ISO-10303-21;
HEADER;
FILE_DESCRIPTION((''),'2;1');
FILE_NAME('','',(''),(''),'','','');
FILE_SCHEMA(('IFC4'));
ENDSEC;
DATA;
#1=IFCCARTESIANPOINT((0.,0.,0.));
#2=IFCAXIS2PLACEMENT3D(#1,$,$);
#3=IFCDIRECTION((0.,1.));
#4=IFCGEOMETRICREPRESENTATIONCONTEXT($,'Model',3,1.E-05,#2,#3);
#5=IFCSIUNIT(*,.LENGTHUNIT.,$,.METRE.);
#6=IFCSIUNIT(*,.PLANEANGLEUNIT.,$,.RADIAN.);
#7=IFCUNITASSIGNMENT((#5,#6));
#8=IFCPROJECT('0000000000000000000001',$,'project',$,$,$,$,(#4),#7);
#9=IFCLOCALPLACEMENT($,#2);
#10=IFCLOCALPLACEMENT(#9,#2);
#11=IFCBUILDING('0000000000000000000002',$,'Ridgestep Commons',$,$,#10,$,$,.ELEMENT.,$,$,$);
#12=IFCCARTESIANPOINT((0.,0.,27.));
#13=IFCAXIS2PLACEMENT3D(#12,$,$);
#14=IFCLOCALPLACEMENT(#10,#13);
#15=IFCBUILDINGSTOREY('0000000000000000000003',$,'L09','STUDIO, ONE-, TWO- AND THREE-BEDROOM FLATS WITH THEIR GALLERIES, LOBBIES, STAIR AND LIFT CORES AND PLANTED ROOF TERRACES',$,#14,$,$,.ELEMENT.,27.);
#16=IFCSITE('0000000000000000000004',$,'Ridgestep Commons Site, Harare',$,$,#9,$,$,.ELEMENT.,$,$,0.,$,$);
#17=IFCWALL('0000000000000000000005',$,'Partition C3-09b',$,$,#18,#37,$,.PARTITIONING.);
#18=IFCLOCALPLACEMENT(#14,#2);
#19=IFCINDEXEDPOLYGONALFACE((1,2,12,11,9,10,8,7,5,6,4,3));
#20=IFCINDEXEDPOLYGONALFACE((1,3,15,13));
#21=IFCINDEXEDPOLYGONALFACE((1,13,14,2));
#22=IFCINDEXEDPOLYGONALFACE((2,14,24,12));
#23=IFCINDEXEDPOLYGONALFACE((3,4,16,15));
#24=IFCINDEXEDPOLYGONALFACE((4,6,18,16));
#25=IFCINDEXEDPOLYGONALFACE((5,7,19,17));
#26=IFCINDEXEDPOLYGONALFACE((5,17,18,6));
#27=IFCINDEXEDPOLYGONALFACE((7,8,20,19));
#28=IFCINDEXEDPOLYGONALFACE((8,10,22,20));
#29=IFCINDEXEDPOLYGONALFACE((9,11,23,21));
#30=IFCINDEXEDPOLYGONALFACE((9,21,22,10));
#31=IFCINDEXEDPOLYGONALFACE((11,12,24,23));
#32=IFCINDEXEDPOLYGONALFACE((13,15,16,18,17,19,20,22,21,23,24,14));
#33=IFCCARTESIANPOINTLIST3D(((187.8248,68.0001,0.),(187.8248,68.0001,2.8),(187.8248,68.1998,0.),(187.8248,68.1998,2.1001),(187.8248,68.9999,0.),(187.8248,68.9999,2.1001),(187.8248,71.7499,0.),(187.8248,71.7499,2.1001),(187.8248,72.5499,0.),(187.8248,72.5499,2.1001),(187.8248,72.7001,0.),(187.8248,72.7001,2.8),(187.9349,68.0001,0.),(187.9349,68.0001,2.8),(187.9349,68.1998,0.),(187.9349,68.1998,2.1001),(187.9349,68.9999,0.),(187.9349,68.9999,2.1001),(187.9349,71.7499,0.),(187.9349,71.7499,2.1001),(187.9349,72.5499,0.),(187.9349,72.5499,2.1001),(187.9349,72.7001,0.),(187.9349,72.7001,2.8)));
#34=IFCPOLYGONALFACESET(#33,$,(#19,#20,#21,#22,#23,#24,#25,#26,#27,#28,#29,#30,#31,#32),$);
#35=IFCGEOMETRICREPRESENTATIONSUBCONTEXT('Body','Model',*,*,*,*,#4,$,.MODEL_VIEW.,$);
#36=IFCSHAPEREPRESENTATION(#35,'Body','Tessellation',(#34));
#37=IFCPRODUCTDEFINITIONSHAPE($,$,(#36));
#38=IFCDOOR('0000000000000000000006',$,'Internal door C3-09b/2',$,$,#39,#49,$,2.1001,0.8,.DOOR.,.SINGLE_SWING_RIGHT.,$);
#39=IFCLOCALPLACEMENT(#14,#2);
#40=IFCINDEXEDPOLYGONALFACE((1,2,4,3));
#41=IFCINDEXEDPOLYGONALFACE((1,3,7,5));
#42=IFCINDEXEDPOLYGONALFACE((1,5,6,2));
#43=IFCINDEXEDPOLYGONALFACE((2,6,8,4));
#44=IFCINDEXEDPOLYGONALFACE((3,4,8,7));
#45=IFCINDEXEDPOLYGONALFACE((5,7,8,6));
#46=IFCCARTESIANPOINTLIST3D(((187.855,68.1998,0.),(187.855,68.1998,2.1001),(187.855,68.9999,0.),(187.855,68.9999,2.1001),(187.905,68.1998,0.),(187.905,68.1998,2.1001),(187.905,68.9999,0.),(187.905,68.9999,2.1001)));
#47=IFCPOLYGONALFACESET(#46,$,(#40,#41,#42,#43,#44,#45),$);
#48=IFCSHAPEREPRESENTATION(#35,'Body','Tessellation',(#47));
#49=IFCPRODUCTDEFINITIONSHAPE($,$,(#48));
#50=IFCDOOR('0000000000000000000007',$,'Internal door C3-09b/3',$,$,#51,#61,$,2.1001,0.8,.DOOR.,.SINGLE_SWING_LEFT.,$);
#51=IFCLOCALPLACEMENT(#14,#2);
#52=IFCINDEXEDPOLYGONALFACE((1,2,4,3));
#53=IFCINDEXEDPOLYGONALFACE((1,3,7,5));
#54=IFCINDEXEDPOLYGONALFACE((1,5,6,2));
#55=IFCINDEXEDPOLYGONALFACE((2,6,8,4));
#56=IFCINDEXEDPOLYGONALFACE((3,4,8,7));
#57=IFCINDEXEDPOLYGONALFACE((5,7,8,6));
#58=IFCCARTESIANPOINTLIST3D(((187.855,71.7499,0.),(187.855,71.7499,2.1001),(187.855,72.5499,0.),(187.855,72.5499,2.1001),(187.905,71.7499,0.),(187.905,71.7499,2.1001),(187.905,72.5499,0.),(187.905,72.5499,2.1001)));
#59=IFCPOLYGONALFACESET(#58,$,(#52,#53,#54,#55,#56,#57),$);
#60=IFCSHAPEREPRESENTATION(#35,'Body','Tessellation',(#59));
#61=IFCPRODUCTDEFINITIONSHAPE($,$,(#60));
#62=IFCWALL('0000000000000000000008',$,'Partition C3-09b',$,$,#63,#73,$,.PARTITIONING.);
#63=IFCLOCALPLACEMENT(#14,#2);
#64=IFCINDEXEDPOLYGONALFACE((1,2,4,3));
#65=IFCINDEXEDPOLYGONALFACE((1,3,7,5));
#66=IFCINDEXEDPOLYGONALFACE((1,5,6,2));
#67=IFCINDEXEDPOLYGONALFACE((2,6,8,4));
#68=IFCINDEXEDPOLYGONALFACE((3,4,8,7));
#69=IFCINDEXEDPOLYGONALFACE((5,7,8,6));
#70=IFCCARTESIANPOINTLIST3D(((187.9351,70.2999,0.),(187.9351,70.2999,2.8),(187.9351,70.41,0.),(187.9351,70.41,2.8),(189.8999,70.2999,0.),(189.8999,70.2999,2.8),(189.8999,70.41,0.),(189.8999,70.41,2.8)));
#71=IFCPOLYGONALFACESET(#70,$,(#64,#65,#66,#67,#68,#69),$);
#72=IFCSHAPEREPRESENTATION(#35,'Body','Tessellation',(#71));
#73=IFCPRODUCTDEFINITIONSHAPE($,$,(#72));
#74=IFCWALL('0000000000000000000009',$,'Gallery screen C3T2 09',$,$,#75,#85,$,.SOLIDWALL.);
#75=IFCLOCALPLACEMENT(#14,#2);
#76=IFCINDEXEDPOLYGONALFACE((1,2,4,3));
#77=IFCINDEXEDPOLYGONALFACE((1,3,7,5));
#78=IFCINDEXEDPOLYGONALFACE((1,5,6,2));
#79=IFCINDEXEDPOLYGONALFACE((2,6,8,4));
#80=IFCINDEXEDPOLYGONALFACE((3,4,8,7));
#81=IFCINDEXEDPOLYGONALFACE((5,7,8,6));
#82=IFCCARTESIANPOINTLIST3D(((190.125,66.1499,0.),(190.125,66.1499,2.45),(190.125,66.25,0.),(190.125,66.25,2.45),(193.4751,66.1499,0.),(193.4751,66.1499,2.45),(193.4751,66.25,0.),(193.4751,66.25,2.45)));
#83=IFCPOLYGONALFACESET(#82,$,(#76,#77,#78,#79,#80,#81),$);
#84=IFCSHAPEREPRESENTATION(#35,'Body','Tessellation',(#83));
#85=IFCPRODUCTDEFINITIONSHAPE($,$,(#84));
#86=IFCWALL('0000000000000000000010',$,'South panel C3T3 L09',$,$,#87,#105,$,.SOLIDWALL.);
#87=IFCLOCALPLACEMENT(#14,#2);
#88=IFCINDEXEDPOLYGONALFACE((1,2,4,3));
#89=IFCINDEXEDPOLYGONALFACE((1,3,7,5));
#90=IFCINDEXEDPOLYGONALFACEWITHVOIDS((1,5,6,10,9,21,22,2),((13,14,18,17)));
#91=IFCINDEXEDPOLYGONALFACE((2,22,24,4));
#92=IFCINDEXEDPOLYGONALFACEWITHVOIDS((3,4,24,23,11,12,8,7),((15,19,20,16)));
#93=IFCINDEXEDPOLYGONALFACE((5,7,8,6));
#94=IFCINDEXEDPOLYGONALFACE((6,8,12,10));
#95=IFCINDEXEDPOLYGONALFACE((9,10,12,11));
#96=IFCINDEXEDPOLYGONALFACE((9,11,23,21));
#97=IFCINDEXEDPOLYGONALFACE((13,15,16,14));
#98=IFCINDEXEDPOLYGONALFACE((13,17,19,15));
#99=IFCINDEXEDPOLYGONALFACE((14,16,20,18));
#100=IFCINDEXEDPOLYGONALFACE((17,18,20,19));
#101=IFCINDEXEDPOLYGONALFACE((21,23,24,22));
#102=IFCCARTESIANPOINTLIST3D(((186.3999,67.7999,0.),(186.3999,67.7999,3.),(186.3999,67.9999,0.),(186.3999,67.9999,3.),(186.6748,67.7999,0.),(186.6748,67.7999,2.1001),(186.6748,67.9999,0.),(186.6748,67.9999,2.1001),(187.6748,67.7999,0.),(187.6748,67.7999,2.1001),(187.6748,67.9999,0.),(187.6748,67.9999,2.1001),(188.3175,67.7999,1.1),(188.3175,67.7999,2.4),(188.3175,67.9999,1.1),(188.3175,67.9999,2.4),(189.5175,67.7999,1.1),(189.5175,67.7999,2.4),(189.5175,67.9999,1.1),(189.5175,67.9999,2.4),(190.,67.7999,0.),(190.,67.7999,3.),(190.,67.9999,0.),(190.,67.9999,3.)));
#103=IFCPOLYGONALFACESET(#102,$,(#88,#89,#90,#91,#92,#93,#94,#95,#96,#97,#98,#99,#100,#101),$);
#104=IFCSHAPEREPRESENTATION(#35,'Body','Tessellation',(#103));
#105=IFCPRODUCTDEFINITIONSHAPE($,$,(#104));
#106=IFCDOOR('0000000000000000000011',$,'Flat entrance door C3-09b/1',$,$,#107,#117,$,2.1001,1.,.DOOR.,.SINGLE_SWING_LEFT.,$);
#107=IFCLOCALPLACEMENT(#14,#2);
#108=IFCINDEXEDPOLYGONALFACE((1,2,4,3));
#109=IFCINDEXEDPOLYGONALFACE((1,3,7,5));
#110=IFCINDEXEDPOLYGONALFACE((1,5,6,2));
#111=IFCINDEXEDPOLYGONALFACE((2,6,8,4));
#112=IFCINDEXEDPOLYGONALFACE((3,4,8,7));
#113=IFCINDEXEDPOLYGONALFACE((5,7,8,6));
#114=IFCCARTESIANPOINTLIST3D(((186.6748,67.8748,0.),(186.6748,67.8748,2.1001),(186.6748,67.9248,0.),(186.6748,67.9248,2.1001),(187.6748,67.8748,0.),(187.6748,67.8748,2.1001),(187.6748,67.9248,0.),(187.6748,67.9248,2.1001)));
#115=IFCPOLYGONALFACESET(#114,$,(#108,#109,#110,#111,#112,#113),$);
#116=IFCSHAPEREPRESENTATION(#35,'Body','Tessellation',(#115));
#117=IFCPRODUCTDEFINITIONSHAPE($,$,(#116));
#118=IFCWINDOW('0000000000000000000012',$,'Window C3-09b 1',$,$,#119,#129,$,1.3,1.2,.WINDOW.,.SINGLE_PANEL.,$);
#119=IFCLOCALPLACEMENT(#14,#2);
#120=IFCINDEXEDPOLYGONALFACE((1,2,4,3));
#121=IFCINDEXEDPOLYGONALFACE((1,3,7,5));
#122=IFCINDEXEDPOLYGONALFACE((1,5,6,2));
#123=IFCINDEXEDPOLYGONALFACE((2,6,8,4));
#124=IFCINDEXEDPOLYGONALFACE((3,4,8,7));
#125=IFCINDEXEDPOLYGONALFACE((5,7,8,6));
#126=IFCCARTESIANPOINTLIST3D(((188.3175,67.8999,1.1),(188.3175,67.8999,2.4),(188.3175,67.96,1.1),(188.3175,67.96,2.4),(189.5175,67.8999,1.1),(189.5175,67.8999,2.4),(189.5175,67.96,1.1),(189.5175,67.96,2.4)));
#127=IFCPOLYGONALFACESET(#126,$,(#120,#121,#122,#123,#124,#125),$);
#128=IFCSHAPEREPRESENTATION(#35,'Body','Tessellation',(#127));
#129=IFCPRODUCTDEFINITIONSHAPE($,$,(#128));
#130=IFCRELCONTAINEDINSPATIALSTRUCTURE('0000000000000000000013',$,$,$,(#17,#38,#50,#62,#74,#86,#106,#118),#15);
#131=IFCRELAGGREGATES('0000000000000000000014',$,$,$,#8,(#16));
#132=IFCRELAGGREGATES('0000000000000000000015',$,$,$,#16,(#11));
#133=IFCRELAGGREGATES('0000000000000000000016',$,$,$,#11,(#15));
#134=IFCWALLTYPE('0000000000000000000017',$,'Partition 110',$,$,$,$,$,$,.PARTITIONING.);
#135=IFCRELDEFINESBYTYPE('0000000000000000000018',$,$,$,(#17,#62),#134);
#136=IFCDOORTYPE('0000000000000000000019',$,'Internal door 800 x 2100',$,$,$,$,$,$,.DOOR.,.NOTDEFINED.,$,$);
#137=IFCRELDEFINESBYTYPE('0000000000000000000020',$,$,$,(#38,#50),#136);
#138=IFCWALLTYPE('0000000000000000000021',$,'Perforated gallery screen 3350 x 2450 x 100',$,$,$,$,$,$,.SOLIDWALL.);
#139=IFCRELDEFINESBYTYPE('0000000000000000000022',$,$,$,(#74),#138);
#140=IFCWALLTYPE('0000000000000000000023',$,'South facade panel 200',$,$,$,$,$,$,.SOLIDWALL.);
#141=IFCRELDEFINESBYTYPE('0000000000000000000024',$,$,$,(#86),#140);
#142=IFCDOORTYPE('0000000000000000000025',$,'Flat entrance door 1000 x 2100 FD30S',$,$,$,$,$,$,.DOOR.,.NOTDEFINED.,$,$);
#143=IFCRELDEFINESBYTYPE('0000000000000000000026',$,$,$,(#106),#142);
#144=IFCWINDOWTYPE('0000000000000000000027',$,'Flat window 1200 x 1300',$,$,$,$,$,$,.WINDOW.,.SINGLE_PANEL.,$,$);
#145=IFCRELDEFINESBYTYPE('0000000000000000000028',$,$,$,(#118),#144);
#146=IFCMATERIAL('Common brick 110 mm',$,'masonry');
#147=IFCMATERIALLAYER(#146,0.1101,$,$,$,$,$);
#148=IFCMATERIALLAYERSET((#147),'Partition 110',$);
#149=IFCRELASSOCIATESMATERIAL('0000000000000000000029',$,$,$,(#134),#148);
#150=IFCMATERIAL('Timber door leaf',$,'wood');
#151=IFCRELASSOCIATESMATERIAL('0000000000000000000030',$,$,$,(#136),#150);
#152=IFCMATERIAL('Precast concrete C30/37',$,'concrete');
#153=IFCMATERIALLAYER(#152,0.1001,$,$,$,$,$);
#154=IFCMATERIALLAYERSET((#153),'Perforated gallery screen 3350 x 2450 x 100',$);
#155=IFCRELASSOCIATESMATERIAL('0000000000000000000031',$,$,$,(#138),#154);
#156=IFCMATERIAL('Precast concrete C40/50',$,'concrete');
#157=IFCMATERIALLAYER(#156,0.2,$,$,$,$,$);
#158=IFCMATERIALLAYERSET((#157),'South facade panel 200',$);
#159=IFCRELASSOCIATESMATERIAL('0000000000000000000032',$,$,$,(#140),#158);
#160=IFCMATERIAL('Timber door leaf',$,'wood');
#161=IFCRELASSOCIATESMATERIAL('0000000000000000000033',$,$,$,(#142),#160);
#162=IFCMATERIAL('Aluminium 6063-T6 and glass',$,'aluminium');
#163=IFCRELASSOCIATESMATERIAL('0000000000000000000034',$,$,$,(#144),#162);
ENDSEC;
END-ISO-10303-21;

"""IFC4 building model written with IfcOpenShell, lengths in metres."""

from ifc_helpers import new_model, si_unit, direction, frame, frame_2d, origin, place, context, subcontext, project, spatial, rectangle, extrude, material, layer, layer_set, type_object, element, fill, save


model = new_model("IFC4")

# Units and contexts
model_context = context("Model", 3, precision=1e-05, world=origin(), true_north=direction((0.0, 1.0)))
body_context = subcontext(model_context, "Body", "Model", "MODEL_VIEW")
ifc_project = project(units=[si_unit("LENGTHUNIT", "METRE"), si_unit("PLANEANGLEUNIT", "RADIAN")], contexts=[model_context])

# Site, building, storey
site_placement = place(None, origin())
site = spatial("IfcSite", under=ifc_project, at=site_placement, Name="Ridgestep Commons Site, Harare", CompositionType="ELEMENT", RefElevation=0.0)
building_placement = place(site_placement, origin())
building = spatial("IfcBuilding", under=site, at=building_placement, Name="Ridgestep Commons", CompositionType="ELEMENT")
storey_placement = place(building_placement, frame((0.0, 0.0, 27.0)))
storey = spatial("IfcBuildingStorey", under=building, at=storey_placement, Name="L09", Description="STUDIO, ONE-, TWO- AND THREE-BEDROOM FLATS WITH THEIR GALLERIES, LOBBIES, STAIR AND LIFT CORES AND PLANTED ROOF TERRACES", CompositionType="ELEMENT", Elevation=27.0)

# Shared definitions
ifc_material_1 = material(Name="Common brick 110 mm", Category="masonry")
ifc_layer_1 = layer(ifc_material_1, 0.1101)
ifc_layer_set_1 = layer_set([ifc_layer_1], Name="Partition 110")
wall_type_1 = type_object("IfcWallType", Name="Partition 110", PredefinedType="PARTITIONING", material=ifc_layer_set_1)

# Wall, openings, doors
wall_1_placement = place(storey_placement, frame((187.8799, 68.0, 0.0), z_axis=(0.0, 0.0, 1.0), x_axis=(0.0, 1.0, 0.0)))
wall_1 = element("IfcWall", 1, at=wall_1_placement, inside=storey, type_object=wall_type_1, Name="Partition C3-09b", PredefinedType="PARTITIONING", context=body_context, shape_type="SweptSolid", body=[
    extrude(rectangle(XDim=4.7, YDim=0.1101, at=frame_2d((2.3501, 0.0))), origin(), (0.0, 0.0, 1.0), 2.8),
])
opening_1_placement = place(wall_1_placement, frame((0.2, 0.0, 0.0)))
opening_1 = element("IfcOpeningElement", 2, at=opening_1_placement, cuts=wall_1, PredefinedType="OPENING", context=body_context, shape_type="SweptSolid", body=[
    extrude(rectangle(XDim=0.8, YDim=2.1001, at=frame_2d((0.3999, 1.05))), frame((0.0, 0.0649, 0.0), z_axis=(0.0, -1.0, 0.0), x_axis=(1.0, 0.0, 0.0)), (0.0, 0.0, 1.0), 0.1301),
])
opening_2_placement = place(wall_1_placement, frame((3.75, 0.0, 0.0)))
opening_2 = element("IfcOpeningElement", 3, at=opening_2_placement, cuts=wall_1, PredefinedType="OPENING", context=body_context, shape_type="SweptSolid", body=[
    extrude(rectangle(XDim=0.8, YDim=2.1001, at=frame_2d((0.3999, 1.05))), frame((0.0, 0.0649, 0.0), z_axis=(0.0, -1.0, 0.0), x_axis=(1.0, 0.0, 0.0)), (0.0, 0.0, 1.0), 0.1301),
])
ifc_material_2 = material(Name="Timber door leaf", Category="wood")
door_type_1 = type_object("IfcDoorType", Name="Internal door 800 x 2100", OperationType="NOTDEFINED", PredefinedType="DOOR", material=ifc_material_2)
door_1_placement = place(opening_1_placement, origin())
door_1 = element("IfcDoor", 4, at=door_1_placement, inside=storey, type_object=door_type_1, Name="Internal door C3-09b/2", OperationType="SINGLE_SWING_RIGHT", OverallHeight=2.1001, OverallWidth=0.8, PredefinedType="DOOR", context=body_context, shape_type="SweptSolid", body=[
    extrude(rectangle(XDim=0.8, YDim=2.1001, at=frame_2d((0.3999, 1.05))), frame((0.0, 0.0249, 0.0), z_axis=(0.0, -1.0, 0.0), x_axis=(1.0, 0.0, 0.0)), (0.0, 0.0, 1.0), 0.05),
])
fill(opening_1, door_1)
door_2_placement = place(opening_2_placement, origin())
door_2 = element("IfcDoor", 5, at=door_2_placement, inside=storey, type_object=door_type_1, Name="Internal door C3-09b/3", OperationType="SINGLE_SWING_LEFT", OverallHeight=2.1001, OverallWidth=0.8, PredefinedType="DOOR", context=body_context, shape_type="SweptSolid", body=[
    extrude(rectangle(XDim=0.8, YDim=2.1001, at=frame_2d((0.3999, 1.05))), frame((0.0, 0.0249, 0.0), z_axis=(0.0, -1.0, 0.0), x_axis=(1.0, 0.0, 0.0)), (0.0, 0.0, 1.0), 0.05),
])
fill(opening_2, door_2)

# Walls
wall_2_placement = place(storey_placement, frame((187.9351, 70.355, 0.0), z_axis=(0.0, 0.0, 1.0), x_axis=(1.0, 0.0, 0.0)))
element("IfcWall", 6, at=wall_2_placement, inside=storey, type_object=wall_type_1, Name="Partition C3-09b", PredefinedType="PARTITIONING", context=body_context, shape_type="SweptSolid", body=[
    extrude(rectangle(XDim=1.9648, YDim=0.1101, at=frame_2d((0.9824, 0.0))), origin(), (0.0, 0.0, 1.0), 2.8),
])
ifc_material_3 = material(Name="Precast concrete C30/37", Category="concrete")
ifc_layer_2 = layer(ifc_material_3, 0.1001)
ifc_layer_set_2 = layer_set([ifc_layer_2], Name="Perforated gallery screen 3350 x 2450 x 100")
wall_type_2 = type_object("IfcWallType", Name="Perforated gallery screen 3350 x 2450 x 100", PredefinedType="SOLIDWALL", material=ifc_layer_set_2)
wall_3_placement = place(storey_placement, frame((190.125, 66.2, 0.0), z_axis=(0.0, 0.0, 1.0), x_axis=(1.0, 0.0, 0.0)))
element("IfcWall", 7, at=wall_3_placement, inside=storey, type_object=wall_type_2, Name="Gallery screen C3T2 09", PredefinedType="SOLIDWALL", context=body_context, shape_type="SweptSolid", body=[
    extrude(rectangle(XDim=3.3501, YDim=0.1001, at=frame_2d((1.675, 0.0))), origin(), (0.0, 0.0, 1.0), 2.45),
])

# Wall, openings, door, window
ifc_material_4 = material(Name="Precast concrete C40/50", Category="concrete")
ifc_layer_3 = layer(ifc_material_4, 0.2)
ifc_layer_set_3 = layer_set([ifc_layer_3], Name="South facade panel 200")
wall_type_3 = type_object("IfcWallType", Name="South facade panel 200", PredefinedType="SOLIDWALL", material=ifc_layer_set_3)
wall_4_placement = place(storey_placement, frame((186.3999, 67.8999, 0.0), z_axis=(0.0, 0.0, 1.0), x_axis=(1.0, 0.0, 0.0)))
wall_4 = element("IfcWall", 8, at=wall_4_placement, inside=storey, type_object=wall_type_3, Name="South panel C3T3 L09", PredefinedType="SOLIDWALL", context=body_context, shape_type="SweptSolid", body=[
    extrude(rectangle(XDim=3.6001, YDim=0.2, at=frame_2d((1.8, 0.0))), origin(), (0.0, 0.0, 1.0), 3.0),
])
opening_3_placement = place(wall_4_placement, frame((1.9175, 0.0, 1.1001)))
opening_3 = element("IfcOpeningElement", 9, at=opening_3_placement, cuts=wall_4, PredefinedType="OPENING", context=body_context, shape_type="SweptSolid", body=[
    extrude(rectangle(XDim=1.2, YDim=1.3, at=frame_2d((0.6001, 0.6499))), frame((0.0, 0.1099, 0.0), z_axis=(0.0, -1.0, 0.0), x_axis=(1.0, 0.0, 0.0)), (0.0, 0.0, 1.0), 0.22),
])
opening_4_placement = place(wall_4_placement, frame((0.2749, 0.0, 0.0)))
opening_4 = element("IfcOpeningElement", 10, at=opening_4_placement, cuts=wall_4, PredefinedType="OPENING", context=body_context, shape_type="SweptSolid", body=[
    extrude(rectangle(XDim=1.0, YDim=2.1001, at=frame_2d((0.5, 1.05))), frame((0.0, 0.1099, 0.0), z_axis=(0.0, -1.0, 0.0), x_axis=(1.0, 0.0, 0.0)), (0.0, 0.0, 1.0), 0.22),
])
ifc_material_5 = material(Name="Timber door leaf", Category="wood")
door_type_2 = type_object("IfcDoorType", Name="Flat entrance door 1000 x 2100 FD30S", OperationType="NOTDEFINED", PredefinedType="DOOR", material=ifc_material_5)
door_3_placement = place(opening_4_placement, origin())
door_3 = element("IfcDoor", 11, at=door_3_placement, inside=storey, type_object=door_type_2, Name="Flat entrance door C3-09b/1", OperationType="SINGLE_SWING_LEFT", OverallHeight=2.1001, OverallWidth=1.0, PredefinedType="DOOR", context=body_context, shape_type="SweptSolid", body=[
    extrude(rectangle(XDim=1.0, YDim=2.1001, at=frame_2d((0.5, 1.05))), frame((0.0, 0.0249, 0.0), z_axis=(0.0, -1.0, 0.0), x_axis=(1.0, 0.0, 0.0)), (0.0, 0.0, 1.0), 0.05),
])
fill(opening_4, door_3)
ifc_material_6 = material(Name="Aluminium 6063-T6 and glass", Category="aluminium")
window_type = type_object("IfcWindowType", Name="Flat window 1200 x 1300", PartitioningType="SINGLE_PANEL", PredefinedType="WINDOW", material=ifc_material_6)
window_1_placement = place(opening_3_placement, origin())
window_1 = element("IfcWindow", 12, at=window_1_placement, inside=storey, type_object=window_type, Name="Window C3-09b 1", OverallHeight=1.3, OverallWidth=1.2, PartitioningType="SINGLE_PANEL", PredefinedType="WINDOW", context=body_context, shape_type="SweptSolid", body=[
    extrude(rectangle(XDim=1.2, YDim=1.3, at=frame_2d((0.6001, 0.6499))), frame((0.0, 0.0601, 0.0), z_axis=(0.0, -1.0, 0.0), x_axis=(1.0, 0.0, 0.0)), (0.0, 0.0, 1.0), 0.0601),
])
fill(opening_3, window_1)

save(model, "model.ifc")
